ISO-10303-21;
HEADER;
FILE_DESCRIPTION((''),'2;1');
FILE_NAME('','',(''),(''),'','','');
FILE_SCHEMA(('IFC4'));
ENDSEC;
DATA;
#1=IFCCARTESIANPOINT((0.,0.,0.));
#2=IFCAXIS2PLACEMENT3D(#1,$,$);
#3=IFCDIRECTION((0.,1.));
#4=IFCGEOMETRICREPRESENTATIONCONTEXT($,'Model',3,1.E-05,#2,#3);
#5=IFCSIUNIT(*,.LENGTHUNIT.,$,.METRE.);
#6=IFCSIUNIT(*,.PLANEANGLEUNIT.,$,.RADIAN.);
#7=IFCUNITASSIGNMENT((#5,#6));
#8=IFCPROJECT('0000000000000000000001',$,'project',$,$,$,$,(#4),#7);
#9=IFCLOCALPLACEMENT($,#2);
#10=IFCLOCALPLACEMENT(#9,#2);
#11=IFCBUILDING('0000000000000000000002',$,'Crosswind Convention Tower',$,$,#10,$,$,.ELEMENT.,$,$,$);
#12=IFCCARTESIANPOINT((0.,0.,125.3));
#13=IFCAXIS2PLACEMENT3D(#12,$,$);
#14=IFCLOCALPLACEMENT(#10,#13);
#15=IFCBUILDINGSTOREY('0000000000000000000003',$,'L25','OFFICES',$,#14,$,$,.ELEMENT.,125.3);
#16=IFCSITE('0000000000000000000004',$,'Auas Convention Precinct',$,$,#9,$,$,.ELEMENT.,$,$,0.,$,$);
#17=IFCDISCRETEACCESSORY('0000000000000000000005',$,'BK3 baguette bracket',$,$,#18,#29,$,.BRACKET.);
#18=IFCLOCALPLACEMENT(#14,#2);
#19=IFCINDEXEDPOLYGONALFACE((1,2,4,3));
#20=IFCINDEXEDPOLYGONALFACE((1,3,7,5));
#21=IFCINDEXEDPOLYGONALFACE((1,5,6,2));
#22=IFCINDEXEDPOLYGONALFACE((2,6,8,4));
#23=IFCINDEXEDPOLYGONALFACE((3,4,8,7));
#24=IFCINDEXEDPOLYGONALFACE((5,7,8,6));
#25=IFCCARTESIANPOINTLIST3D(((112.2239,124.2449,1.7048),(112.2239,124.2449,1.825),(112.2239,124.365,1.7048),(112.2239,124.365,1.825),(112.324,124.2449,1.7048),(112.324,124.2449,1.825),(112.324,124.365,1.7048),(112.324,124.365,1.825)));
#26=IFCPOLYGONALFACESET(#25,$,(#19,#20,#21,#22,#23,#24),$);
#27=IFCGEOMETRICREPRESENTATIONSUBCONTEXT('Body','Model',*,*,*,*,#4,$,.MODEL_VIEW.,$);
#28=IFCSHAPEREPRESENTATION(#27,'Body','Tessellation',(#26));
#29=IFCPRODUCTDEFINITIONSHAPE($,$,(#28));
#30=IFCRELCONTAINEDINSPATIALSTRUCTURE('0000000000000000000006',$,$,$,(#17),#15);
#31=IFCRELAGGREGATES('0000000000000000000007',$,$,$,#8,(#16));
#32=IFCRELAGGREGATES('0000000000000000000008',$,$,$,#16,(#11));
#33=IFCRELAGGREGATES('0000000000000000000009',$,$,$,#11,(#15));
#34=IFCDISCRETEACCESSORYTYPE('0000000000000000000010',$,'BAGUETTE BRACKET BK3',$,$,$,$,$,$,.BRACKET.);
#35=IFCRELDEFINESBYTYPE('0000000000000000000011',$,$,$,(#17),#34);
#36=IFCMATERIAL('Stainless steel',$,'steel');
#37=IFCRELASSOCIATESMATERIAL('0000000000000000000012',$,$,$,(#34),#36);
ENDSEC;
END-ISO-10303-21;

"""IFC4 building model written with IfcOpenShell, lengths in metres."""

from ifc_helpers import new_model, si_unit, direction, frame, origin, origin_2d, place, context, subcontext, project, spatial, rectangle, extrude, material, type_object, element, save


model = new_model("IFC4")

# Units and contexts
model_context = context("Model", 3, precision=1e-05, world=origin(), true_north=direction((0.0, 1.0)))
body_context = subcontext(model_context, "Body", "Model", "MODEL_VIEW")
ifc_project = project(units=[si_unit("LENGTHUNIT", "METRE"), si_unit("PLANEANGLEUNIT", "RADIAN")], contexts=[model_context])

# Site, building, storey
site_placement = place(None, origin())
site = spatial("IfcSite", under=ifc_project, at=site_placement, Name="Auas Convention Precinct", CompositionType="ELEMENT", RefElevation=0.0)
building_placement = place(site_placement, origin())
building = spatial("IfcBuilding", under=site, at=building_placement, Name="Crosswind Convention Tower", CompositionType="ELEMENT")
storey_placement = place(building_placement, frame((0.0, 0.0, 125.3)))
storey = spatial("IfcBuildingStorey", under=building, at=storey_placement, Name="L25", Description="OFFICES", CompositionType="ELEMENT", Elevation=125.3)

# Discrete accessory
ifc_material_1 = material(Name="Stainless steel", Category="steel")
discrete_accessory_type = type_object("IfcDiscreteAccessoryType", Name="BAGUETTE BRACKET BK3", PredefinedType="BRACKET", material=ifc_material_1)
discrete_accessory_placement = place(storey_placement, frame((112.2739, 124.3049, 1.7048), z_axis=(0.0, 0.0, 1.0), x_axis=(0.0, -1.0, 0.0)))
element("IfcDiscreteAccessory", 1, at=discrete_accessory_placement, inside=storey, type_object=discrete_accessory_type, Name="BK3 baguette bracket", PredefinedType="BRACKET", context=body_context, shape_type="SweptSolid", body=[
    extrude(rectangle(XDim=0.1201, YDim=0.1001, at=origin_2d()), origin(), (0.0, 0.0, 1.0), 0.1201),
])

save(model, "model.ifc")
